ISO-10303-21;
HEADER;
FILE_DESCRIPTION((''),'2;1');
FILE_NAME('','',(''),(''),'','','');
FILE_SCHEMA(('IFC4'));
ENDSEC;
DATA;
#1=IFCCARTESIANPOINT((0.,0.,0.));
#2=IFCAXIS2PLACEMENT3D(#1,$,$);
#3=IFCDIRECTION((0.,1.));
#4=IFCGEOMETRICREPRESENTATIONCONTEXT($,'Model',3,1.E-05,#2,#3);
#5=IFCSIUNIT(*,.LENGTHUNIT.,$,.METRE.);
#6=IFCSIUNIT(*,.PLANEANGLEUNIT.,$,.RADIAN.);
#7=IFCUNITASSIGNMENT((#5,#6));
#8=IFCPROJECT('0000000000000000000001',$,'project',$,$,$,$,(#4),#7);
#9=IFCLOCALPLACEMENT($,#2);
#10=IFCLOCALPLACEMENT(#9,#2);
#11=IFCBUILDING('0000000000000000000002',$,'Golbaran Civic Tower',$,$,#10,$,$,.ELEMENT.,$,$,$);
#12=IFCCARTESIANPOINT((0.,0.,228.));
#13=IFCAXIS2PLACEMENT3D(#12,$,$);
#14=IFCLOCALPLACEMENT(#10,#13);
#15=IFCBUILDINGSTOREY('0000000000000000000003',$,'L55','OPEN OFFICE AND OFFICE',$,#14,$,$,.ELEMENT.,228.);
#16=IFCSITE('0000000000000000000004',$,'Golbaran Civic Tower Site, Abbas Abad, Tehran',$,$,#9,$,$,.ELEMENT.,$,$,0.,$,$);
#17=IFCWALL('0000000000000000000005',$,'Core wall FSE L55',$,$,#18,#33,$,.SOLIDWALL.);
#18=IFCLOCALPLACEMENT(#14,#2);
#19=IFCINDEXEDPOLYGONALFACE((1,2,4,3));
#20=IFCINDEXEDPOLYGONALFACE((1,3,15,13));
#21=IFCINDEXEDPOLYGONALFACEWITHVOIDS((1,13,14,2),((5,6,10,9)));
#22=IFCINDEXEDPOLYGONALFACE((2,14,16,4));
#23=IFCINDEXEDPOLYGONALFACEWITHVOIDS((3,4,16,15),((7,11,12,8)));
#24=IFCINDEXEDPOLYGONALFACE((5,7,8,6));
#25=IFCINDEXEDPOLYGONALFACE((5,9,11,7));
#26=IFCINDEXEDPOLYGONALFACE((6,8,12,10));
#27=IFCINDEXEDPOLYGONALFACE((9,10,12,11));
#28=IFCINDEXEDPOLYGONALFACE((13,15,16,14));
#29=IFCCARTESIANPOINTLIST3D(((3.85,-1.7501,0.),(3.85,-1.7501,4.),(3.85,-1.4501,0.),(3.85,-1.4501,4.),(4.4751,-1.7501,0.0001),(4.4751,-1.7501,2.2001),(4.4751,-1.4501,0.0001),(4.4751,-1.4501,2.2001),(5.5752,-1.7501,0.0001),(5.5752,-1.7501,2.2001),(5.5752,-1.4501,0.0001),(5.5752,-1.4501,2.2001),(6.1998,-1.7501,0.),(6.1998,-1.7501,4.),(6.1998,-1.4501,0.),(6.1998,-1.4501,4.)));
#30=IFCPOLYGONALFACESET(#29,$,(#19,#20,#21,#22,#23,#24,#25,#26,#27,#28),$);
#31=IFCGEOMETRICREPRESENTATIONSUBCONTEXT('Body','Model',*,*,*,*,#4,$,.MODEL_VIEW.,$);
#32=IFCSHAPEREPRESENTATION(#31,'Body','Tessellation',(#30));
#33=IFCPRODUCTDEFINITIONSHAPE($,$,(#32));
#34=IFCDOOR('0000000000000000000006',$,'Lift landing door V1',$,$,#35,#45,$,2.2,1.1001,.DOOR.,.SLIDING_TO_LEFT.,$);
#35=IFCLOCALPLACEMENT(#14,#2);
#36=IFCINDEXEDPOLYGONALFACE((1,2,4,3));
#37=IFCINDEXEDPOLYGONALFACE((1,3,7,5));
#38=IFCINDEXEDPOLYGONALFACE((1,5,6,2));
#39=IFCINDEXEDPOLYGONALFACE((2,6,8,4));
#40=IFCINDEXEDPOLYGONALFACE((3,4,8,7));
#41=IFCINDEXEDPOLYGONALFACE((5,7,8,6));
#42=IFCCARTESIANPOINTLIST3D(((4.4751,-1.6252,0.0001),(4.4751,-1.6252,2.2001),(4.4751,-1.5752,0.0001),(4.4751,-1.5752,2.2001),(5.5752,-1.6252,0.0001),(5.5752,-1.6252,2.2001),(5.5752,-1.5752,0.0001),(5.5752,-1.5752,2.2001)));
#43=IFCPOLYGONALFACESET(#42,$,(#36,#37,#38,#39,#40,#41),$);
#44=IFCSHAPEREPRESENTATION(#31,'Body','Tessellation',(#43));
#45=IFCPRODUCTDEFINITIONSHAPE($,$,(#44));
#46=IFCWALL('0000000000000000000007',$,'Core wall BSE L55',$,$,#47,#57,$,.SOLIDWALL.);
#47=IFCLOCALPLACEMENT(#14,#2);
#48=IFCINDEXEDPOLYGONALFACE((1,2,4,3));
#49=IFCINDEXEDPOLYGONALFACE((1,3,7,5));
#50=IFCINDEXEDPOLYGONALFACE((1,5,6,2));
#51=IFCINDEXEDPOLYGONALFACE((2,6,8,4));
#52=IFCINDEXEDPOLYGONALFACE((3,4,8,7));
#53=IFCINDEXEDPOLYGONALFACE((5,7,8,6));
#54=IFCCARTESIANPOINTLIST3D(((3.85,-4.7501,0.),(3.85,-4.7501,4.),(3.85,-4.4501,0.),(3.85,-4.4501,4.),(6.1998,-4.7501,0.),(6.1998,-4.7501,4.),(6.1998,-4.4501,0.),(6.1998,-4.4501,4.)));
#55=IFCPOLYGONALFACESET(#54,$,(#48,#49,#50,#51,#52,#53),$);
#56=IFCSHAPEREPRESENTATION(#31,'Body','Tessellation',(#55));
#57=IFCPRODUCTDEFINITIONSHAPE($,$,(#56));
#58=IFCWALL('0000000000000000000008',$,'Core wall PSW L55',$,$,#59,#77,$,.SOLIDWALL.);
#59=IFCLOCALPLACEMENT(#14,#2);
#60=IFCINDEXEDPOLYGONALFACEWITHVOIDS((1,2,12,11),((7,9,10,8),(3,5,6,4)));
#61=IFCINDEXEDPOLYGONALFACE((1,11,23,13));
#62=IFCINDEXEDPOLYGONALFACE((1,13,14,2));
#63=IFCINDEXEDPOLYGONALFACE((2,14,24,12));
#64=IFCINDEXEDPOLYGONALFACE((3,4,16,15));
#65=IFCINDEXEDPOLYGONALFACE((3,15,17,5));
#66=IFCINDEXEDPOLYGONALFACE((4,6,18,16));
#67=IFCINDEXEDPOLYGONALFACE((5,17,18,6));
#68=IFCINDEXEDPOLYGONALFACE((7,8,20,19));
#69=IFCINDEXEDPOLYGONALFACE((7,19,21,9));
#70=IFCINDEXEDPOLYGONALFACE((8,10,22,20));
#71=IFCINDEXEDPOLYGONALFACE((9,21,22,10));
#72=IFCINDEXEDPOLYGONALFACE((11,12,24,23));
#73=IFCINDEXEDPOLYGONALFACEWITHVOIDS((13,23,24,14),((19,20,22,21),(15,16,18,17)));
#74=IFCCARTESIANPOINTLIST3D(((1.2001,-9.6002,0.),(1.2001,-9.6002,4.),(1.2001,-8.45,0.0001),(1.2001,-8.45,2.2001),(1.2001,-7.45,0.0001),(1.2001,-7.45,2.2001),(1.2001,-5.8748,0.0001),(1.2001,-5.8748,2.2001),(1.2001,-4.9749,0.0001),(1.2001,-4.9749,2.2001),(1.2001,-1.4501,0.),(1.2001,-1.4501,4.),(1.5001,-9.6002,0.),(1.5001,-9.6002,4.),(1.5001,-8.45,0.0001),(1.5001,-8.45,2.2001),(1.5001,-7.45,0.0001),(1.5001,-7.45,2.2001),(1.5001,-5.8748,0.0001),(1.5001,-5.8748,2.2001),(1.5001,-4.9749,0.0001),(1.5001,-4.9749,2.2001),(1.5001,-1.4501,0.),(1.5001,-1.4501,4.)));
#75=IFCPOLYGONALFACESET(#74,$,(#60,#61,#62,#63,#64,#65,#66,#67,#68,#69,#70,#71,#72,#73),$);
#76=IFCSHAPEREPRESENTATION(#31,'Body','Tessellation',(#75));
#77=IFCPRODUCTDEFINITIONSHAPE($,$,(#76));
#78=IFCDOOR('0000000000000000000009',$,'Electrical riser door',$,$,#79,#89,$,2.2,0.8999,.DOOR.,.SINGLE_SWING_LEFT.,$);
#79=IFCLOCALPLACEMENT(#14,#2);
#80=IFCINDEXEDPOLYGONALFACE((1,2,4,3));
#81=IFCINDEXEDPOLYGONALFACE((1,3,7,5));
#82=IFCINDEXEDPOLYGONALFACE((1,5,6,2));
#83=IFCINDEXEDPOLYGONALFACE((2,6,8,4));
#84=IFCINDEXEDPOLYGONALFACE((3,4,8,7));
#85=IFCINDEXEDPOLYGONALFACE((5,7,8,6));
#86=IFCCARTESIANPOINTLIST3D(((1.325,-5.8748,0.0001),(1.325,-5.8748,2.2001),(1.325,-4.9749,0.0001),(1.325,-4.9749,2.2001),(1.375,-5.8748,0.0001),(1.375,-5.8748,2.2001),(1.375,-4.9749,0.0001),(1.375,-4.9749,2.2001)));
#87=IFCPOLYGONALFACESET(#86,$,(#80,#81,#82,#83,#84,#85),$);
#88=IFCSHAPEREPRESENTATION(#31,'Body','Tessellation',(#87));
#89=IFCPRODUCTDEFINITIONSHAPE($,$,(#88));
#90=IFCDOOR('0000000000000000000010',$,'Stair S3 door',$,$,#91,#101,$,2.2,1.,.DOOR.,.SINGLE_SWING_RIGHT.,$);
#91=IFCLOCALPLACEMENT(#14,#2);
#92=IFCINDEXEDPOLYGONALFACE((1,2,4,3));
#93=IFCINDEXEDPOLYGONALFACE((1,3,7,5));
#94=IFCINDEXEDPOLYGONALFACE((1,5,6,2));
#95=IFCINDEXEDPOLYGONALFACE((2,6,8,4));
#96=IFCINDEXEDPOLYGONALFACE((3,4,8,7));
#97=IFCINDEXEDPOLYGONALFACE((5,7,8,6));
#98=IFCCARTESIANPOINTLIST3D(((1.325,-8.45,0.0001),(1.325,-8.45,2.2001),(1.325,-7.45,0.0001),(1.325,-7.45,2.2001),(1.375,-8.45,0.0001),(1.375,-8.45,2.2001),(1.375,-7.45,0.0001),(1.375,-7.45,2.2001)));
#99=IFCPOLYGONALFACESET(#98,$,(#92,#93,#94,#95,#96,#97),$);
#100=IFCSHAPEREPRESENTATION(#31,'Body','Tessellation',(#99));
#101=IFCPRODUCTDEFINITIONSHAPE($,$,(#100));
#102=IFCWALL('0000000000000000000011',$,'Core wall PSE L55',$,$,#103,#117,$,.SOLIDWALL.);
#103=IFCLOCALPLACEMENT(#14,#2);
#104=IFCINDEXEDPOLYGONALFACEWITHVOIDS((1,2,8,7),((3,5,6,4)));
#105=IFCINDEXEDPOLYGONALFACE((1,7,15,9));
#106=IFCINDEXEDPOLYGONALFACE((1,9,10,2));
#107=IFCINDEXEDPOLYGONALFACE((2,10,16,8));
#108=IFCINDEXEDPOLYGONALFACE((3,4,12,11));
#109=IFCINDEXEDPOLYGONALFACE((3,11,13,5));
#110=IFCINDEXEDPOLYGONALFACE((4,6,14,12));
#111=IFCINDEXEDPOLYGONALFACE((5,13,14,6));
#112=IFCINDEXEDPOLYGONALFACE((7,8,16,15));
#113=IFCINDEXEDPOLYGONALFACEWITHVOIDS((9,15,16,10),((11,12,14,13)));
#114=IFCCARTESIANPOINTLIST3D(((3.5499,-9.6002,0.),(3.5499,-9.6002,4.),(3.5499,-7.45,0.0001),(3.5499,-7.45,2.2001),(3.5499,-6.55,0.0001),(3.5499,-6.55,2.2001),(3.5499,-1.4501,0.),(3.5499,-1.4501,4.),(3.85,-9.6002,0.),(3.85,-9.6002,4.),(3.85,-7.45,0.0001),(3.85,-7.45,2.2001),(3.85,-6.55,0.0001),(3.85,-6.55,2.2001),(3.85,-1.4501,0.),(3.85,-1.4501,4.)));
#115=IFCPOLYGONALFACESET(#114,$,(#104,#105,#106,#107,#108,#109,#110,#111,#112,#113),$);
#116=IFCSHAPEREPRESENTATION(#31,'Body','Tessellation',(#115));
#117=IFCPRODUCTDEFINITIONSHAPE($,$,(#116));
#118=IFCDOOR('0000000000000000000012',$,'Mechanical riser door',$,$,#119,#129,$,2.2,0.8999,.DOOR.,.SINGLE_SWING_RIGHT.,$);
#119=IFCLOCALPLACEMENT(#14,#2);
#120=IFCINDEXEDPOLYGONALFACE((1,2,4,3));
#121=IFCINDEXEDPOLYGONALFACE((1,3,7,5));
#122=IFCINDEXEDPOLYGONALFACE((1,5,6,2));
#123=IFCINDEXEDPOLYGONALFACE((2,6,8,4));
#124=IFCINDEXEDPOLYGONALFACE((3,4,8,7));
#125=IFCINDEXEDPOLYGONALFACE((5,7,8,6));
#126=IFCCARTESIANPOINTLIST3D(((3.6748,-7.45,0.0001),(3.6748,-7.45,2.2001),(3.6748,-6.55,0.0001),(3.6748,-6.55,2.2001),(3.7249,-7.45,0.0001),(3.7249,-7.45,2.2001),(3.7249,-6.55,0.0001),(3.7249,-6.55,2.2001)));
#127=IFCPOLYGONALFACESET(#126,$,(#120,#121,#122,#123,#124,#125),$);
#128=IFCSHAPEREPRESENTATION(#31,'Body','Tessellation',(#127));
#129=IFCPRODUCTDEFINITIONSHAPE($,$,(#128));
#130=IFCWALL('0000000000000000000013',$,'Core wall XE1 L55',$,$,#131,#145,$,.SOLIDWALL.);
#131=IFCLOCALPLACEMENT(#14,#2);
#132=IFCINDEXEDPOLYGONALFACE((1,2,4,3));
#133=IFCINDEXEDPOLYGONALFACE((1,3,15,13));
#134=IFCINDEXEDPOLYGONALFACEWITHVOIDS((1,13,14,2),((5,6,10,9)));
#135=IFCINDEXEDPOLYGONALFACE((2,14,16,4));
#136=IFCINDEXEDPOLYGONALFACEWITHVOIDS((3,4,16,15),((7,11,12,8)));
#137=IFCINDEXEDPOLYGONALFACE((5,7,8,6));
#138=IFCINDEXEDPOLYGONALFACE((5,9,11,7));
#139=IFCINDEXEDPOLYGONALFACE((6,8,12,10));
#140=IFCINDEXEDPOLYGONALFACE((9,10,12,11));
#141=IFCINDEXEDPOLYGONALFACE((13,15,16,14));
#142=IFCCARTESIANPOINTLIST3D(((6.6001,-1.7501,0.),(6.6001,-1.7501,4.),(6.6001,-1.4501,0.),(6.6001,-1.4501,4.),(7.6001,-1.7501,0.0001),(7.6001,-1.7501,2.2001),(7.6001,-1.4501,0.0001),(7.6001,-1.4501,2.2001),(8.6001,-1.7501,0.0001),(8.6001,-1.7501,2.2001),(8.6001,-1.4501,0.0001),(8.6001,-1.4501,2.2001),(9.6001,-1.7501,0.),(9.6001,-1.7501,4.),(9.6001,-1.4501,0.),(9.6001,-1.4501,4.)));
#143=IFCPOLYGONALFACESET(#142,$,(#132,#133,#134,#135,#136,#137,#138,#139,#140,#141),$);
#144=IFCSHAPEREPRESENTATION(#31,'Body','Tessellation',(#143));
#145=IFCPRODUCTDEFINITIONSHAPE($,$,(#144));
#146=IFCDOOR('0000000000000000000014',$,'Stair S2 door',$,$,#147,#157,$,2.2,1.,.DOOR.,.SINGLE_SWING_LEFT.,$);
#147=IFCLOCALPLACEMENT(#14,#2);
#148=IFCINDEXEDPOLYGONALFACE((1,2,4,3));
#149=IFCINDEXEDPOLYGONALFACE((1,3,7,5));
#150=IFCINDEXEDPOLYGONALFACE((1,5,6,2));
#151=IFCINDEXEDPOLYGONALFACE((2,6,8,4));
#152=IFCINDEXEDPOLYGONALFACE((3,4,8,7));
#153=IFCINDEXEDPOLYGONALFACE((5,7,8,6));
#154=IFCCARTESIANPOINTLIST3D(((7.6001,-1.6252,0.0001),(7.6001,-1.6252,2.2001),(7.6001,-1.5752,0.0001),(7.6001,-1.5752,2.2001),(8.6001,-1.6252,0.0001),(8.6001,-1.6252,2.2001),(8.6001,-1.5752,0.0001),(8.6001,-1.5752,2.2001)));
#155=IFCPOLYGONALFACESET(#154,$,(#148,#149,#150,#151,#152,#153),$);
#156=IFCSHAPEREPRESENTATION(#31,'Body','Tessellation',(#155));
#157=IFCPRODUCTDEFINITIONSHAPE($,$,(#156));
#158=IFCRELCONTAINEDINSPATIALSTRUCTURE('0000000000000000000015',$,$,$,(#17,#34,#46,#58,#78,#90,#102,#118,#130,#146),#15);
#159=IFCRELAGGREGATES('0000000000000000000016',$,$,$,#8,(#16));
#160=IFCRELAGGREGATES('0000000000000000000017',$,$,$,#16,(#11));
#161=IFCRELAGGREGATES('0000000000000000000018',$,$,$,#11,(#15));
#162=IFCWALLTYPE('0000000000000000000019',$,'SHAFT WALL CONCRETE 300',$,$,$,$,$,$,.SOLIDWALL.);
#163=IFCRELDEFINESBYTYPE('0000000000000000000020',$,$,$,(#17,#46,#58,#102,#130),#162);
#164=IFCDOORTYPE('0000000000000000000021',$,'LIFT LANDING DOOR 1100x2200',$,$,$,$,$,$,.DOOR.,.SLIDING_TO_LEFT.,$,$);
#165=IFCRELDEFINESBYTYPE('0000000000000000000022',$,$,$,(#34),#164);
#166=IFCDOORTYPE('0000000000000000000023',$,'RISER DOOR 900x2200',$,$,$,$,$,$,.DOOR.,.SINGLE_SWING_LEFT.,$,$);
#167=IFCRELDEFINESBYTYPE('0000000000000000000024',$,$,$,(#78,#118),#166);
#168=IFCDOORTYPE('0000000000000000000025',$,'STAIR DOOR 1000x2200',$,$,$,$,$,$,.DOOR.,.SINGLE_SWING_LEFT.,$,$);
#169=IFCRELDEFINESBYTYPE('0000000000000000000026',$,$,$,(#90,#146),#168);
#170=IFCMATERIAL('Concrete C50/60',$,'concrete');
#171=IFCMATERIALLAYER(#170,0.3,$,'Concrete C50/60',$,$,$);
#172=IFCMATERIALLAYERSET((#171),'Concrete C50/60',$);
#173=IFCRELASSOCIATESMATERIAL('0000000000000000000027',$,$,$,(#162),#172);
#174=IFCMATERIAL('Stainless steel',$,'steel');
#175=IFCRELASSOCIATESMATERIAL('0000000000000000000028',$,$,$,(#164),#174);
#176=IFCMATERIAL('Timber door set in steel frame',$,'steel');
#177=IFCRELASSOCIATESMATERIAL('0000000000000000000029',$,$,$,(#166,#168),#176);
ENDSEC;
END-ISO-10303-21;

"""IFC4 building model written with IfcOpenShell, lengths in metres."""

from ifc_helpers import new_model, si_unit, direction, frame, frame_2d, origin, place, context, subcontext, project, spatial, rectangle, extrude, material, layer, layer_set, type_object, element, fill, save


model = new_model("IFC4")

# Units and contexts
model_context = context("Model", 3, precision=1e-05, world=origin(), true_north=direction((0.0, 1.0)))
body_context = subcontext(model_context, "Body", "Model", "MODEL_VIEW")
ifc_project = project(units=[si_unit("LENGTHUNIT", "METRE"), si_unit("PLANEANGLEUNIT", "RADIAN")], contexts=[model_context])

# Site, building, storey
site_placement = place(None, origin())
site = spatial("IfcSite", under=ifc_project, at=site_placement, Name="Golbaran Civic Tower Site, Abbas Abad, Tehran", CompositionType="ELEMENT", RefElevation=0.0)
building_placement = place(site_placement, origin())
building = spatial("IfcBuilding", under=site, at=building_placement, Name="Golbaran Civic Tower", CompositionType="ELEMENT")
storey_placement = place(building_placement, frame((0.0, 0.0, 228.0)))
storey = spatial("IfcBuildingStorey", under=building, at=storey_placement, Name="L55", Description="OPEN OFFICE AND OFFICE", CompositionType="ELEMENT", Elevation=228.0)

# Shared definitions
ifc_material_1 = material(Name="Timber door set in steel frame", Category="steel")

# Wall, opening, door
ifc_material_2 = material(Name="Concrete C50/60", Category="concrete")
ifc_layer_1 = layer(ifc_material_2, 0.3, Name="Concrete C50/60")
ifc_layer_set_1 = layer_set([ifc_layer_1], Name="Concrete C50/60")
wall_type_1 = type_object("IfcWallType", Name="SHAFT WALL CONCRETE 300", PredefinedType="SOLIDWALL", material=ifc_layer_set_1)
wall_1_placement = place(storey_placement, frame((3.8501, -1.6001, 0.0), z_axis=(0.0, 0.0, 1.0), x_axis=(1.0, 0.0, 0.0)))
wall_1 = element("IfcWall", 1, at=wall_1_placement, inside=storey, type_object=wall_type_1, Name="Core wall FSE L55", PredefinedType="SOLIDWALL", context=body_context, shape_type="SweptSolid", body=[
    extrude(rectangle(XDim=2.3499, YDim=0.3, at=frame_2d((1.1748, 0.0))), origin(), (0.0, 0.0, 1.0), 4.0),
])
opening_1_placement = place(wall_1_placement, frame((0.625, 0.0, 0.0)))
opening_1 = element("IfcOpeningElement", 2, at=opening_1_placement, cuts=wall_1, PredefinedType="OPENING", context=body_context, shape_type="SweptSolid", body=[
    extrude(rectangle(XDim=1.1001, YDim=2.2, at=frame_2d((0.55, 1.1001))), frame((0.0, 0.1599, 0.0), z_axis=(0.0, -1.0, 0.0), x_axis=(1.0, 0.0, 0.0)), (0.0, 0.0, 1.0), 0.3201),
])
ifc_material_3 = material(Name="Stainless steel", Category="steel")
door_type_1 = type_object("IfcDoorType", Name="LIFT LANDING DOOR 1100x2200", OperationType="SLIDING_TO_LEFT", PredefinedType="DOOR", material=ifc_material_3)
door_1_placement = place(opening_1_placement, origin())
door_1 = element("IfcDoor", 3, at=door_1_placement, inside=storey, type_object=door_type_1, Name="Lift landing door V1", OperationType="SLIDING_TO_LEFT", OverallHeight=2.2, OverallWidth=1.1001, PredefinedType="DOOR", context=body_context, shape_type="SweptSolid", body=[
    extrude(rectangle(XDim=1.1001, YDim=2.2, at=frame_2d((0.55, 1.1001))), frame((0.0, 0.0249, 0.0), z_axis=(0.0, -1.0, 0.0), x_axis=(1.0, 0.0, 0.0)), (0.0, 0.0, 1.0), 0.05),
])
fill(opening_1, door_1)

# Wall
wall_2_placement = place(storey_placement, frame((3.8501, -4.6001, 0.0), z_axis=(0.0, 0.0, 1.0), x_axis=(1.0, 0.0, 0.0)))
element("IfcWall", 4, at=wall_2_placement, inside=storey, type_object=wall_type_1, Name="Core wall BSE L55", PredefinedType="SOLIDWALL", context=body_context, shape_type="SweptSolid", body=[
    extrude(rectangle(XDim=2.3499, YDim=0.3, at=frame_2d((1.1748, 0.0))), origin(), (0.0, 0.0, 1.0), 4.0),
])

# Wall, openings, doors
wall_3_placement = place(storey_placement, frame((1.3501, -1.45, 0.0), z_axis=(0.0, 0.0, 1.0), x_axis=(0.0, -1.0, 0.0)))
wall_3 = element("IfcWall", 5, at=wall_3_placement, inside=storey, type_object=wall_type_1, Name="Core wall PSW L55", PredefinedType="SOLIDWALL", context=body_context, shape_type="SweptSolid", body=[
    extrude(rectangle(XDim=8.1501, YDim=0.3, at=frame_2d((4.0752, 0.0))), origin(), (0.0, 0.0, 1.0), 4.0),
])
opening_2_placement = place(wall_3_placement, frame((6.0, 0.0, 0.0)))
opening_2 = element("IfcOpeningElement", 6, at=opening_2_placement, cuts=wall_3, PredefinedType="OPENING", context=body_context, shape_type="SweptSolid", body=[
    extrude(rectangle(XDim=1.0, YDim=2.2, at=frame_2d((0.5, 1.1001))), frame((0.0, 0.1599, 0.0), z_axis=(0.0, -1.0, 0.0), x_axis=(1.0, 0.0, 0.0)), (0.0, 0.0, 1.0), 0.3201),
])
opening_3_placement = place(wall_3_placement, frame((3.5249, 0.0, 0.0)))
opening_3 = element("IfcOpeningElement", 7, at=opening_3_placement, cuts=wall_3, PredefinedType="OPENING", context=body_context, shape_type="SweptSolid", body=[
    extrude(rectangle(XDim=0.8999, YDim=2.2, at=frame_2d((0.45, 1.1001))), frame((0.0, 0.1599, 0.0), z_axis=(0.0, -1.0, 0.0), x_axis=(1.0, 0.0, 0.0)), (0.0, 0.0, 1.0), 0.3201),
])
door_type_2 = type_object("IfcDoorType", Name="RISER DOOR 900x2200", OperationType="SINGLE_SWING_LEFT", PredefinedType="DOOR", material=ifc_material_1)
door_2_placement = place(opening_3_placement, origin())
door_2 = element("IfcDoor", 8, at=door_2_placement, inside=storey, type_object=door_type_2, Name="Electrical riser door", OperationType="SINGLE_SWING_LEFT", OverallHeight=2.2, OverallWidth=0.8999, PredefinedType="DOOR", context=body_context, shape_type="SweptSolid", body=[
    extrude(rectangle(XDim=0.8999, YDim=2.2, at=frame_2d((0.45, 1.1001))), frame((0.0, 0.0249, 0.0), z_axis=(0.0, -1.0, 0.0), x_axis=(1.0, 0.0, 0.0)), (0.0, 0.0, 1.0), 0.05),
])
fill(opening_3, door_2)
door_type_3 = type_object("IfcDoorType", Name="STAIR DOOR 1000x2200", OperationType="SINGLE_SWING_LEFT", PredefinedType="DOOR", material=ifc_material_1)
door_3_placement = place(opening_2_placement, origin())
door_3 = element("IfcDoor", 9, at=door_3_placement, inside=storey, type_object=door_type_3, Name="Stair S3 door", OperationType="SINGLE_SWING_RIGHT", OverallHeight=2.2, OverallWidth=1.0, PredefinedType="DOOR", context=body_context, shape_type="SweptSolid", body=[
    extrude(rectangle(XDim=1.0, YDim=2.2, at=frame_2d((0.5, 1.1001))), frame((0.0, 0.0249, 0.0), z_axis=(0.0, -1.0, 0.0), x_axis=(1.0, 0.0, 0.0)), (0.0, 0.0, 1.0), 0.05),
])
fill(opening_2, door_3)

# Walls, openings, doors
wall_4_placement = place(storey_placement, frame((3.7, -1.45, 0.0), z_axis=(0.0, 0.0, 1.0), x_axis=(0.0, -1.0, 0.0)))
wall_4 = element("IfcWall", 10, at=wall_4_placement, inside=storey, type_object=wall_type_1, Name="Core wall PSE L55", PredefinedType="SOLIDWALL", context=body_context, shape_type="SweptSolid", body=[
    extrude(rectangle(XDim=8.1501, YDim=0.3, at=frame_2d((4.0752, 0.0))), origin(), (0.0, 0.0, 1.0), 4.0),
])
opening_4_placement = place(wall_4_placement, frame((5.1001, 0.0, 0.0)))
opening_4 = element("IfcOpeningElement", 11, at=opening_4_placement, cuts=wall_4, PredefinedType="OPENING", context=body_context, shape_type="SweptSolid", body=[
    extrude(rectangle(XDim=0.8999, YDim=2.2, at=frame_2d((0.45, 1.1001))), frame((0.0, 0.1599, 0.0), z_axis=(0.0, -1.0, 0.0), x_axis=(1.0, 0.0, 0.0)), (0.0, 0.0, 1.0), 0.3201),
])
door_4_placement = place(opening_4_placement, origin())
door_4 = element("IfcDoor", 12, at=door_4_placement, inside=storey, type_object=door_type_2, Name="Mechanical riser door", OperationType="SINGLE_SWING_RIGHT", OverallHeight=2.2, OverallWidth=0.8999, PredefinedType="DOOR", context=body_context, shape_type="SweptSolid", body=[
    extrude(rectangle(XDim=0.8999, YDim=2.2, at=frame_2d((0.45, 1.1001))), frame((0.0, 0.0249, 0.0), z_axis=(0.0, -1.0, 0.0), x_axis=(1.0, 0.0, 0.0)), (0.0, 0.0, 1.0), 0.05),
])
fill(opening_4, door_4)
wall_5_placement = place(storey_placement, frame((6.6001, -1.6001, 0.0), z_axis=(0.0, 0.0, 1.0), x_axis=(1.0, 0.0, 0.0)))
wall_5 = element("IfcWall", 13, at=wall_5_placement, inside=storey, type_object=wall_type_1, Name="Core wall XE1 L55", PredefinedType="SOLIDWALL", context=body_context, shape_type="SweptSolid", body=[
    extrude(rectangle(XDim=3.0, YDim=0.3, at=frame_2d((1.5, 0.0))), origin(), (0.0, 0.0, 1.0), 4.0),
])
opening_5_placement = place(wall_5_placement, frame((1.0, 0.0, 0.0)))
opening_5 = element("IfcOpeningElement", 14, at=opening_5_placement, cuts=wall_5, PredefinedType="OPENING", context=body_context, shape_type="SweptSolid", body=[
    extrude(rectangle(XDim=1.0, YDim=2.2, at=frame_2d((0.5, 1.1001))), frame((0.0, 0.1599, 0.0), z_axis=(0.0, -1.0, 0.0), x_axis=(1.0, 0.0, 0.0)), (0.0, 0.0, 1.0), 0.3201),
])
door_5_placement = place(opening_5_placement, origin())
door_5 = element("IfcDoor", 15, at=door_5_placement, inside=storey, type_object=door_type_3, Name="Stair S2 door", OperationType="SINGLE_SWING_LEFT", OverallHeight=2.2, OverallWidth=1.0, PredefinedType="DOOR", context=body_context, shape_type="SweptSolid", body=[
    extrude(rectangle(XDim=1.0, YDim=2.2, at=frame_2d((0.5, 1.1001))), frame((0.0, 0.0249, 0.0), z_axis=(0.0, -1.0, 0.0), x_axis=(1.0, 0.0, 0.0)), (0.0, 0.0, 1.0), 0.05),
])
fill(opening_5, door_5)

save(model, "model.ifc")
